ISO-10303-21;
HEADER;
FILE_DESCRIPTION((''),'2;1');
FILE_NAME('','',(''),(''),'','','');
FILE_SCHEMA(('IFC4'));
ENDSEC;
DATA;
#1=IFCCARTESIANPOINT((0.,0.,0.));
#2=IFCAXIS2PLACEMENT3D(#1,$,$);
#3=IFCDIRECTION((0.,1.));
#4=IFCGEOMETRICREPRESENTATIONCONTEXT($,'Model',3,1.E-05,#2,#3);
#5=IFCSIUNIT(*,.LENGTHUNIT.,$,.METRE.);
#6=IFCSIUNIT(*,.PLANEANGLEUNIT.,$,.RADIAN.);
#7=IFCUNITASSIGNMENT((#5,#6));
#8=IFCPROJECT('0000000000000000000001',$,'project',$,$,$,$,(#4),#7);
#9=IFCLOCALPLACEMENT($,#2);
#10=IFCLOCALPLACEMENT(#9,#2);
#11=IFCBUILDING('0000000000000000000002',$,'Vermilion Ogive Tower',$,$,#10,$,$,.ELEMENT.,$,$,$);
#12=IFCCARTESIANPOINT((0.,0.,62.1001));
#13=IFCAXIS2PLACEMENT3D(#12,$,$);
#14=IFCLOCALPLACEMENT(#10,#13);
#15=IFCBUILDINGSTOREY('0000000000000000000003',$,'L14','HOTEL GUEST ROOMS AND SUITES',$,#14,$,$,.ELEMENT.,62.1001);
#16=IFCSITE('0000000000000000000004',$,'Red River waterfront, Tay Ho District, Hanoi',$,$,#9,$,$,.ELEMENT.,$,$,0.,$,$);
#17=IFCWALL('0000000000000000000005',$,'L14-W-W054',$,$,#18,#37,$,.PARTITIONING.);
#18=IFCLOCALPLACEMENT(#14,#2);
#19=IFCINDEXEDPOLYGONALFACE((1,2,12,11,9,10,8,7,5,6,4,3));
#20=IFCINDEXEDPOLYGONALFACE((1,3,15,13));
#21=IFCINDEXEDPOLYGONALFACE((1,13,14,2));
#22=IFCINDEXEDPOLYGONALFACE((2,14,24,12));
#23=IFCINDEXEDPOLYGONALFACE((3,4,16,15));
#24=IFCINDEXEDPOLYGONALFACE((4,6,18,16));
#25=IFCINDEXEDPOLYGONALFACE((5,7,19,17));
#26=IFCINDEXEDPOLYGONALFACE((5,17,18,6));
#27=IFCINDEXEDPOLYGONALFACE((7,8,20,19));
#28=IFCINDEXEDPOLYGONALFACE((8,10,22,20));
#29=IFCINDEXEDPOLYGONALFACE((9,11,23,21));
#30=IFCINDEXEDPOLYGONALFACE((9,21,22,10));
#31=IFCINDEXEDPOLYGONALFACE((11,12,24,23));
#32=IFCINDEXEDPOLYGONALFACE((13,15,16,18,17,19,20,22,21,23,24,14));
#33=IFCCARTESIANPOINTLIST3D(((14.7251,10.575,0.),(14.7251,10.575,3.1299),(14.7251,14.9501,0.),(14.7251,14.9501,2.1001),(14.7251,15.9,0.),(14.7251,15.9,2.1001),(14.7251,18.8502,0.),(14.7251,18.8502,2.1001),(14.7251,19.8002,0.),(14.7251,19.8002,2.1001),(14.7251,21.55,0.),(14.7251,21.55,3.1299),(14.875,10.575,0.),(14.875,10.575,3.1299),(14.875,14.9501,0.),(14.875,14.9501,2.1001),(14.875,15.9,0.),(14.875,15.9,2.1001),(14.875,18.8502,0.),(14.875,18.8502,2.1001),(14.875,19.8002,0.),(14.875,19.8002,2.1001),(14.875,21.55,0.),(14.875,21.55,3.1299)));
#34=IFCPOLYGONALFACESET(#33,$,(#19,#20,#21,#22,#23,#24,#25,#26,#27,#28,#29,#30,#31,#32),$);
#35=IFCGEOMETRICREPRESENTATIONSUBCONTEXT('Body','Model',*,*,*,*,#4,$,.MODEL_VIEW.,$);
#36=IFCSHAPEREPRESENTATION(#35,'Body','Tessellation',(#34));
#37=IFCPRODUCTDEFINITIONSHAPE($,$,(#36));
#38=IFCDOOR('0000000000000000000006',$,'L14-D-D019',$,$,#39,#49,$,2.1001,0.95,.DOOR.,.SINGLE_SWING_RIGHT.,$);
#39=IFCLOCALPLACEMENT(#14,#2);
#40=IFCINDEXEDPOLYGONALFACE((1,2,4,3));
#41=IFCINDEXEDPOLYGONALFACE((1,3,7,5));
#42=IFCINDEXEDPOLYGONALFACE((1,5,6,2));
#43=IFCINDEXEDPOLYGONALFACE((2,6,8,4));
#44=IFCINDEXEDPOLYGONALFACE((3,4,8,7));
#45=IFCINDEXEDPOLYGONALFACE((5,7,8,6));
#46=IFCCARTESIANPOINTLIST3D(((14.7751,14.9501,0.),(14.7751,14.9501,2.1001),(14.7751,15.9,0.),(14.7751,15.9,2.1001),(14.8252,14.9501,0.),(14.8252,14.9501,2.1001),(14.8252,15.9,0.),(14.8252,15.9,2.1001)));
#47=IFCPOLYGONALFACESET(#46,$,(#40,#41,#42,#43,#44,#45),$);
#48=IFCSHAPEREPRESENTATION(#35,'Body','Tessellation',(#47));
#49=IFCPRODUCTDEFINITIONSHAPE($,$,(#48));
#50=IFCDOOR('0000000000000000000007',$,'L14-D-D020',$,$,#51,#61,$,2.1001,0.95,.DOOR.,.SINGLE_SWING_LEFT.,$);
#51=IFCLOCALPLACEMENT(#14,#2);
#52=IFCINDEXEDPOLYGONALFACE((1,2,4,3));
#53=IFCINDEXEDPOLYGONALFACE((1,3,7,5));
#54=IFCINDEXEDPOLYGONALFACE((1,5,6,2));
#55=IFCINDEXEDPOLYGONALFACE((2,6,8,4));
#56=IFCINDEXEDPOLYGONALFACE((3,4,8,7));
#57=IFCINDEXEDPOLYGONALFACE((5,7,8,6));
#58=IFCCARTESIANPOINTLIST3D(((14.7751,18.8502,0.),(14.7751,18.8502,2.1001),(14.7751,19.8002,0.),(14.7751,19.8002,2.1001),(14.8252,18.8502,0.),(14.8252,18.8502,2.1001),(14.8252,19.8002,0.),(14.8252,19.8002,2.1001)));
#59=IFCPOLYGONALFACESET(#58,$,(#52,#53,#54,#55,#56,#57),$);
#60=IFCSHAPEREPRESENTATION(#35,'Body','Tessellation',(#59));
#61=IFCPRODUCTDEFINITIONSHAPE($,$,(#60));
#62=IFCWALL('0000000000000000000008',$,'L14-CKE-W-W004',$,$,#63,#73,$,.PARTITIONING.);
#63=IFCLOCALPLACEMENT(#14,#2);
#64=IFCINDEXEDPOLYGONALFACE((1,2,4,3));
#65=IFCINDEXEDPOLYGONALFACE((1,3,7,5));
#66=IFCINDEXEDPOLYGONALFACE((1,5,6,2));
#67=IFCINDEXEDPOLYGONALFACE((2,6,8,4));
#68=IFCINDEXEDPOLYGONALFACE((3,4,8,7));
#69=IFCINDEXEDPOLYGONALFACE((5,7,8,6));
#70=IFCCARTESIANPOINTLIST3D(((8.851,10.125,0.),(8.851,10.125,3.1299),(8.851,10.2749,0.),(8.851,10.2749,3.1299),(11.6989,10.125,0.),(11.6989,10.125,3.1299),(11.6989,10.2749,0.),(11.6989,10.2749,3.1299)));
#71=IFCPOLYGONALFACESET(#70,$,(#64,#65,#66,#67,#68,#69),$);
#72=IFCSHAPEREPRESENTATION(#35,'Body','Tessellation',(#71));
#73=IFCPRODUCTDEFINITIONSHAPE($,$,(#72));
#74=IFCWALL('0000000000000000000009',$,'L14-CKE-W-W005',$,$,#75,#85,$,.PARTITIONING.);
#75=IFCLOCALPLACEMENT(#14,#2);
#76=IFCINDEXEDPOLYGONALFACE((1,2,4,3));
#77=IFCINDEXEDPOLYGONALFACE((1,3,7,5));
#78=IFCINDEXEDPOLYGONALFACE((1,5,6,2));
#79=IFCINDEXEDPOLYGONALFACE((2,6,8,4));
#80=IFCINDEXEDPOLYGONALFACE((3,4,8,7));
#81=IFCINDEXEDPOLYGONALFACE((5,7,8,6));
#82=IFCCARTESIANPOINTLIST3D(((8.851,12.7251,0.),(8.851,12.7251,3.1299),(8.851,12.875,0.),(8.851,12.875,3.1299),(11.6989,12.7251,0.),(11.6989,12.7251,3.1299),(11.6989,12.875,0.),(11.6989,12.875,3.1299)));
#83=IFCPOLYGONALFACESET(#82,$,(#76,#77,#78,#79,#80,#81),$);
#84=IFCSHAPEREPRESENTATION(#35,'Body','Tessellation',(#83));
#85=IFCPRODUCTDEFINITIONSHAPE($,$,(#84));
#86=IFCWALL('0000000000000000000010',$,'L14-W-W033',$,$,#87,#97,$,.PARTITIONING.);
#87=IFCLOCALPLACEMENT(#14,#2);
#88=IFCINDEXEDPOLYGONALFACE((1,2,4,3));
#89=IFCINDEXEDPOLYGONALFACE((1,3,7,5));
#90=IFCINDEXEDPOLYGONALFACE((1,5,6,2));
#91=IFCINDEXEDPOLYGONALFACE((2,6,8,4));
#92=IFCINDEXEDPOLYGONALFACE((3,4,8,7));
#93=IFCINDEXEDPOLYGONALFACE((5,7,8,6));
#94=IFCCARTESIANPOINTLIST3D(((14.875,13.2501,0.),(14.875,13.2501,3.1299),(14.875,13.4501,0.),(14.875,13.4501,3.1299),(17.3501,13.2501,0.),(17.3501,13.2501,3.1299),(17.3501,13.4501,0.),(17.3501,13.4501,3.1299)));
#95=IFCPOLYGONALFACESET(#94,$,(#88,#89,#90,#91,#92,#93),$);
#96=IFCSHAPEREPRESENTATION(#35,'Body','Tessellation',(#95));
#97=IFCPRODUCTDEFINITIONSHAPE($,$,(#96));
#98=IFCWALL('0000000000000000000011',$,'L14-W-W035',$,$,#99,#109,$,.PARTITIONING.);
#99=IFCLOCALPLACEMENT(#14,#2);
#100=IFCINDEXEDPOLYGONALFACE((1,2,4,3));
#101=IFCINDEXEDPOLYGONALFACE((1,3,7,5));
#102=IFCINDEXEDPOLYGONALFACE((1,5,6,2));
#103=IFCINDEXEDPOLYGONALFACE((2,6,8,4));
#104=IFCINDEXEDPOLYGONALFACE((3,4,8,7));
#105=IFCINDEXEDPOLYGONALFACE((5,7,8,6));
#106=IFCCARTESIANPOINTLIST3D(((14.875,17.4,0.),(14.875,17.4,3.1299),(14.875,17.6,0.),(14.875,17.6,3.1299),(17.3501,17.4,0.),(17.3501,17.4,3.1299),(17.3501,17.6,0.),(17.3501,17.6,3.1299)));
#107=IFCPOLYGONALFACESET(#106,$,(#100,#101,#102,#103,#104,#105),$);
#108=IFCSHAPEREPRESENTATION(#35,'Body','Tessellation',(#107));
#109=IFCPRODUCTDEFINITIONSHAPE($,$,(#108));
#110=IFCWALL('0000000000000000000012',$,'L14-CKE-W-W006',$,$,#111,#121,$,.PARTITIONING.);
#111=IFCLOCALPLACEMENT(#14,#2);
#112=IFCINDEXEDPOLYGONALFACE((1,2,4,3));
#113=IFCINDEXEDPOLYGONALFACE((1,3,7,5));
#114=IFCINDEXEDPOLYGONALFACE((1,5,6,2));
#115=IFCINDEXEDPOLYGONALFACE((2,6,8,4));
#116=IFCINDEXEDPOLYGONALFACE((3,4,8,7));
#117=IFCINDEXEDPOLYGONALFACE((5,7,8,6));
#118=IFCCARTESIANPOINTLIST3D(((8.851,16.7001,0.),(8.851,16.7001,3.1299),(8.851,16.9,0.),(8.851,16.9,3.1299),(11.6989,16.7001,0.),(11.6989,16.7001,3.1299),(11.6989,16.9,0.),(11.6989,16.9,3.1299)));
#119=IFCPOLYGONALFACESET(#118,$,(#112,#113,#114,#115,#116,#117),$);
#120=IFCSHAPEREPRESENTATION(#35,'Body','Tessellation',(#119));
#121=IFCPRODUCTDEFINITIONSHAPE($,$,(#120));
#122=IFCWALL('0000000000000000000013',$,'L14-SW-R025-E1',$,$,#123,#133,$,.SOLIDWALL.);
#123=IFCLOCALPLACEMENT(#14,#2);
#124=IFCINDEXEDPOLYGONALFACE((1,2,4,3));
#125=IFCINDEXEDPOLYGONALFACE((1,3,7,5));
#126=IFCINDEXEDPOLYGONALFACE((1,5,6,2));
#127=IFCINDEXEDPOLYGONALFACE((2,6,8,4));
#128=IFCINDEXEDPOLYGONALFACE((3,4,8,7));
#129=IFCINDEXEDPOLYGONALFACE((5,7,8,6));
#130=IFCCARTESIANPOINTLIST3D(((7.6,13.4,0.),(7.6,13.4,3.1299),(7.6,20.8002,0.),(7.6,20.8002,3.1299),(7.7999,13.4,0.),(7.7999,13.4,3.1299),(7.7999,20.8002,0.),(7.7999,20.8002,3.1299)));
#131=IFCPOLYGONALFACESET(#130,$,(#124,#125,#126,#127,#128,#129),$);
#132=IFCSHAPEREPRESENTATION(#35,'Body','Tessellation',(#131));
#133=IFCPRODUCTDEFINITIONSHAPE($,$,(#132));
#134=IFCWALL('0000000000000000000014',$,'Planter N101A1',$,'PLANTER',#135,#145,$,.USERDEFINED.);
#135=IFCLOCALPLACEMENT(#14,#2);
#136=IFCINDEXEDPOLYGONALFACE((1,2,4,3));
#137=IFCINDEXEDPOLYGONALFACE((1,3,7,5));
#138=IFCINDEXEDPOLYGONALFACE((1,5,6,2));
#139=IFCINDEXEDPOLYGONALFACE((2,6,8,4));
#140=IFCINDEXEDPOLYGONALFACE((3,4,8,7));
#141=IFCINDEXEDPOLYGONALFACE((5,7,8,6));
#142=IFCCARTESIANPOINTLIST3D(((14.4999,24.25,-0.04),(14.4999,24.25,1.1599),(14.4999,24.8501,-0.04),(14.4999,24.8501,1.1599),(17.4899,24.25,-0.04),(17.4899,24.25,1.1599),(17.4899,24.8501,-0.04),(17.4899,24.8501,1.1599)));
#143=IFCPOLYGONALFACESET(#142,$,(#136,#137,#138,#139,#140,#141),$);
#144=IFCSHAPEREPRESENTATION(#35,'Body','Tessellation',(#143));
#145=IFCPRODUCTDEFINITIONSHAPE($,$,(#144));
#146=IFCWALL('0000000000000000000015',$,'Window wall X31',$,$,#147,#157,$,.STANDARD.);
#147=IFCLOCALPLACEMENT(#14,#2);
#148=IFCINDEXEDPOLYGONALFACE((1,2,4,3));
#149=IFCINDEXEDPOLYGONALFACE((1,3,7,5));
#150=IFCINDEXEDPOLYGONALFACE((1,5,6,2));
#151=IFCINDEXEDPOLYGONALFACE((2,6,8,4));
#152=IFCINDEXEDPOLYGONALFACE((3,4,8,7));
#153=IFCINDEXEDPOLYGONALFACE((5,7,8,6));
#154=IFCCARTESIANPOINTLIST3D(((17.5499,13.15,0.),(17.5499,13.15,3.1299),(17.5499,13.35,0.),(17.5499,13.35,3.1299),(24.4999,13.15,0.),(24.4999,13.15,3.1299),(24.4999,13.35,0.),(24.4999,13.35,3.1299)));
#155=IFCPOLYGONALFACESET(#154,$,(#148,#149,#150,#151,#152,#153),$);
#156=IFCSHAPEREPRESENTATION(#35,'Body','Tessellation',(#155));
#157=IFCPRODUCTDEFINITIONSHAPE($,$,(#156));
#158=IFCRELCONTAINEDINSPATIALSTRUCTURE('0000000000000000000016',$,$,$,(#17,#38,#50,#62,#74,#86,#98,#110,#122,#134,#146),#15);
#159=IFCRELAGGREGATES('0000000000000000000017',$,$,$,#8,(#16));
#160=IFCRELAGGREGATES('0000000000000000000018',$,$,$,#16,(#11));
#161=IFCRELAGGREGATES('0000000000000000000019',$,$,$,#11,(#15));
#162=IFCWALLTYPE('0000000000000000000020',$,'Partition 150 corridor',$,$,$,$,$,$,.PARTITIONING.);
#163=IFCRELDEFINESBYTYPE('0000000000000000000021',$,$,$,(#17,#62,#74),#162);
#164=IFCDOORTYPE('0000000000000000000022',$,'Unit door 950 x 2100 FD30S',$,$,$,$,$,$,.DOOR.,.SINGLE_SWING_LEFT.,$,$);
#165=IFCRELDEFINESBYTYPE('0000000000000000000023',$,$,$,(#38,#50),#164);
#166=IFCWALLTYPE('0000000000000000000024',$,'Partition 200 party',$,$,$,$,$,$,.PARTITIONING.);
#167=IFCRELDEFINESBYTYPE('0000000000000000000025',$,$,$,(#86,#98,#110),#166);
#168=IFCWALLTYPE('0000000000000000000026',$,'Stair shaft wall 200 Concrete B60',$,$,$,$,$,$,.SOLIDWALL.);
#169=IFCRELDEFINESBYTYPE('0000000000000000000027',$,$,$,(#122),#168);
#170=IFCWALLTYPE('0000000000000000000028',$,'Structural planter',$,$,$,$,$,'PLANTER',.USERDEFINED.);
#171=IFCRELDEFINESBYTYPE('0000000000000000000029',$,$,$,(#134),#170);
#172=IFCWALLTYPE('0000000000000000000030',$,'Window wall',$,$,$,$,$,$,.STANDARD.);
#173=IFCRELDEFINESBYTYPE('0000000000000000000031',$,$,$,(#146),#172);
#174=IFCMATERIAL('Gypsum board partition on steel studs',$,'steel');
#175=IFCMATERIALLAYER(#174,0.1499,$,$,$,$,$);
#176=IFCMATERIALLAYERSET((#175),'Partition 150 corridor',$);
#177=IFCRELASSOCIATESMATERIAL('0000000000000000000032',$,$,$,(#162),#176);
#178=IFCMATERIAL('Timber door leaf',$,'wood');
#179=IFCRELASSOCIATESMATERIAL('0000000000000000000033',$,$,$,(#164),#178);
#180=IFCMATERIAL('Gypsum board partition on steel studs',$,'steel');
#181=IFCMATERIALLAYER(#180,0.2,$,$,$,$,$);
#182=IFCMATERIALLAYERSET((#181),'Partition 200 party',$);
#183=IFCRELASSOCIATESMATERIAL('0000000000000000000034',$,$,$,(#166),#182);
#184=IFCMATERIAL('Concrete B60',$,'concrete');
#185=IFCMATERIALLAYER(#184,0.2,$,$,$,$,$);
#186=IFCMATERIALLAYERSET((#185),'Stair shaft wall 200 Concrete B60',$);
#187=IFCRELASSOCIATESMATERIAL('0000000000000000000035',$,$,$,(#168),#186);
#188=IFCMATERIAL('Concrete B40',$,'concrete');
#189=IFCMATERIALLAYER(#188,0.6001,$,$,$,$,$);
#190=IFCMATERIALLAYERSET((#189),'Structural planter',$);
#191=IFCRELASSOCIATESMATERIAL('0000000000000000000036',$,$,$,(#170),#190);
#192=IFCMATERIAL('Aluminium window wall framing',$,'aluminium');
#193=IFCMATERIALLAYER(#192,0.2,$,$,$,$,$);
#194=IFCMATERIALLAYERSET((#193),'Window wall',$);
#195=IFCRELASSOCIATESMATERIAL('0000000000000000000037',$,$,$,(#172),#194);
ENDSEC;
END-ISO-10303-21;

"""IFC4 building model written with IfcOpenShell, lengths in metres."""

from ifc_helpers import new_model, si_unit, direction, frame, frame_2d, origin, place, context, subcontext, project, spatial, rectangle, extrude, material, layer, layer_set, type_object, element, fill, save


model = new_model("IFC4")

# Units and contexts
model_context = context("Model", 3, precision=1e-05, world=origin(), true_north=direction((0.0, 1.0)))
body_context = subcontext(model_context, "Body", "Model", "MODEL_VIEW")
ifc_project = project(units=[si_unit("LENGTHUNIT", "METRE"), si_unit("PLANEANGLEUNIT", "RADIAN")], contexts=[model_context])

# Site, building, storey
site_placement = place(None, origin())
site = spatial("IfcSite", under=ifc_project, at=site_placement, Name="Red River waterfront, Tay Ho District, Hanoi", CompositionType="ELEMENT", RefElevation=0.0)
building_placement = place(site_placement, origin())
building = spatial("IfcBuilding", under=site, at=building_placement, Name="Vermilion Ogive Tower", CompositionType="ELEMENT")
storey_placement = place(building_placement, frame((0.0, 0.0, 62.1001)))
storey = spatial("IfcBuildingStorey", under=building, at=storey_placement, Name="L14", Description="HOTEL GUEST ROOMS AND SUITES", CompositionType="ELEMENT", Elevation=62.1001)

# Shared definitions
ifc_material_1 = material(Name="Gypsum board partition on steel studs", Category="steel")
ifc_layer_1 = layer(ifc_material_1, 0.1499)
ifc_layer_set_1 = layer_set([ifc_layer_1], Name="Partition 150 corridor")
wall_type_1 = type_object("IfcWallType", Name="Partition 150 corridor", PredefinedType="PARTITIONING", material=ifc_layer_set_1)

# Wall, openings, doors
wall_1_placement = place(storey_placement, frame((14.8, 10.575, 0.0), z_axis=(0.0, 0.0, 1.0), x_axis=(0.0, 1.0, 0.0)))
wall_1 = element("IfcWall", 1, at=wall_1_placement, inside=storey, type_object=wall_type_1, Name="L14-W-W054", PredefinedType="PARTITIONING", context=body_context, shape_type="SweptSolid", body=[
    extrude(rectangle(XDim=10.9751, YDim=0.1499, at=frame_2d((5.4875, 0.0))), origin(), (0.0, 0.0, 1.0), 3.1299),
])
opening_1_placement = place(wall_1_placement, frame((4.375, 0.0, 0.0)))
opening_1 = element("IfcOpeningElement", 2, at=opening_1_placement, cuts=wall_1, PredefinedType="OPENING", context=body_context, shape_type="SweptSolid", body=[
    extrude(rectangle(XDim=0.95, YDim=2.1001, at=frame_2d((0.4751, 1.05))), frame((0.0, 0.085, 0.0), z_axis=(0.0, -1.0, 0.0), x_axis=(1.0, 0.0, 0.0)), (0.0, 0.0, 1.0), 0.1699),
])
opening_2_placement = place(wall_1_placement, frame((8.2751, 0.0, 0.0)))
opening_2 = element("IfcOpeningElement", 3, at=opening_2_placement, cuts=wall_1, PredefinedType="OPENING", context=body_context, shape_type="SweptSolid", body=[
    extrude(rectangle(XDim=0.95, YDim=2.1001, at=frame_2d((0.4751, 1.05))), frame((0.0, 0.085, 0.0), z_axis=(0.0, -1.0, 0.0), x_axis=(1.0, 0.0, 0.0)), (0.0, 0.0, 1.0), 0.1699),
])
ifc_material_2 = material(Name="Timber door leaf", Category="wood")
door_type_1 = type_object("IfcDoorType", Name="Unit door 950 x 2100 FD30S", OperationType="SINGLE_SWING_LEFT", PredefinedType="DOOR", material=ifc_material_2)
door_1_placement = place(opening_1_placement, origin())
door_1 = element("IfcDoor", 4, at=door_1_placement, inside=storey, type_object=door_type_1, Name="L14-D-D019", OperationType="SINGLE_SWING_RIGHT", OverallHeight=2.1001, OverallWidth=0.95, PredefinedType="DOOR", context=body_context, shape_type="SweptSolid", body=[
    extrude(rectangle(XDim=0.95, YDim=2.1001, at=frame_2d((0.4751, 1.05))), frame((0.0, 0.0249, 0.0), z_axis=(0.0, -1.0, 0.0), x_axis=(1.0, 0.0, 0.0)), (0.0, 0.0, 1.0), 0.05),
])
fill(opening_1, door_1)
door_2_placement = place(opening_2_placement, origin())
door_2 = element("IfcDoor", 5, at=door_2_placement, inside=storey, type_object=door_type_1, Name="L14-D-D020", OperationType="SINGLE_SWING_LEFT", OverallHeight=2.1001, OverallWidth=0.95, PredefinedType="DOOR", context=body_context, shape_type="SweptSolid", body=[
    extrude(rectangle(XDim=0.95, YDim=2.1001, at=frame_2d((0.4751, 1.05))), frame((0.0, 0.0249, 0.0), z_axis=(0.0, -1.0, 0.0), x_axis=(1.0, 0.0, 0.0)), (0.0, 0.0, 1.0), 0.05),
])
fill(opening_2, door_2)

# Walls
for number, where, z_axis, x_axis, name in (
    (6, (8.8511, 10.2, 0.0), (0.0, 0.0, 1.0), (1.0, 0.0, 0.0), "L14-CKE-W-W004"),
    (7, (8.8511, 12.8, 0.0), (0.0, 0.0, 1.0), (1.0, 0.0, 0.0), "L14-CKE-W-W005"),
):
    element("IfcWall", number, at=place(storey_placement, frame(where, z_axis=z_axis, x_axis=x_axis)), inside=storey, type_object=wall_type_1, Name=name, PredefinedType="PARTITIONING", context=body_context, shape_type="SweptSolid", body=[
        extrude(rectangle(XDim=2.8479, YDim=0.1499, at=frame_2d((1.4238, 0.0))), origin(), (0.0, 0.0, 1.0), 3.1299),
    ])
ifc_material_3 = material(Name="Gypsum board partition on steel studs", Category="steel")
ifc_layer_2 = layer(ifc_material_3, 0.2)
ifc_layer_set_2 = layer_set([ifc_layer_2], Name="Partition 200 party")
wall_type_2 = type_object("IfcWallType", Name="Partition 200 party", PredefinedType="PARTITIONING", material=ifc_layer_set_2)
for number, where, z_axis, x_axis, name in (
    (8, (14.875, 13.3501, 0.0), (0.0, 0.0, 1.0), (1.0, 0.0, 0.0), "L14-W-W033"),
    (9, (14.875, 17.5, 0.0), (0.0, 0.0, 1.0), (1.0, 0.0, 0.0), "L14-W-W035"),
):
    element("IfcWall", number, at=place(storey_placement, frame(where, z_axis=z_axis, x_axis=x_axis)), inside=storey, type_object=wall_type_2, Name=name, PredefinedType="PARTITIONING", context=body_context, shape_type="SweptSolid", body=[
        extrude(rectangle(XDim=2.4751, YDim=0.2, at=frame_2d((1.2375, 0.0))), origin(), (0.0, 0.0, 1.0), 3.1299),
    ])
wall_2_placement = place(storey_placement, frame((8.8511, 16.8, 0.0), z_axis=(0.0, 0.0, 1.0), x_axis=(1.0, 0.0, 0.0)))
element("IfcWall", 10, at=wall_2_placement, inside=storey, type_object=wall_type_2, Name="L14-CKE-W-W006", PredefinedType="PARTITIONING", context=body_context, shape_type="SweptSolid", body=[
    extrude(rectangle(XDim=2.8479, YDim=0.2, at=frame_2d((1.4238, 0.0))), origin(), (0.0, 0.0, 1.0), 3.1299),
])
ifc_material_4 = material(Name="Concrete B60", Category="concrete")
ifc_layer_3 = layer(ifc_material_4, 0.2)
ifc_layer_set_3 = layer_set([ifc_layer_3], Name="Stair shaft wall 200 Concrete B60")
wall_type_3 = type_object("IfcWallType", Name="Stair shaft wall 200 Concrete B60", PredefinedType="SOLIDWALL", material=ifc_layer_set_3)
wall_3_placement = place(storey_placement, frame((7.7, 13.3999, 0.0), z_axis=(0.0, 0.0, 1.0), x_axis=(0.0, 1.0, 0.0)))
element("IfcWall", 11, at=wall_3_placement, inside=storey, type_object=wall_type_3, Name="L14-SW-R025-E1", PredefinedType="SOLIDWALL", context=body_context, shape_type="SweptSolid", body=[
    extrude(rectangle(XDim=7.4001, YDim=0.2, at=frame_2d((3.7002, 0.0))), origin(), (0.0, 0.0, 1.0), 3.1299),
])
ifc_material_5 = material(Name="Concrete B40", Category="concrete")
ifc_layer_4 = layer(ifc_material_5, 0.6001)
ifc_layer_set_4 = layer_set([ifc_layer_4], Name="Structural planter")
wall_type_4 = type_object("IfcWallType", Name="Structural planter", ElementType="PLANTER", PredefinedType="USERDEFINED", material=ifc_layer_set_4)
wall_4_placement = place(storey_placement, frame((17.49, 24.55, -0.04), z_axis=(0.0, 0.0, 1.0), x_axis=(-1.0, 0.0, 0.0)))
element("IfcWall", 12, at=wall_4_placement, inside=storey, type_object=wall_type_4, Name="Planter N101A1", ObjectType="PLANTER", PredefinedType="USERDEFINED", context=body_context, shape_type="SweptSolid", body=[
    extrude(rectangle(XDim=2.99, YDim=0.6001, at=frame_2d((1.4951, 0.0))), origin(), (0.0, 0.0, 1.0), 1.2),
])
ifc_material_6 = material(Name="Aluminium window wall framing", Category="aluminium")
ifc_layer_5 = layer(ifc_material_6, 0.2)
ifc_layer_set_5 = layer_set([ifc_layer_5], Name="Window wall")
wall_type_5 = type_object("IfcWallType", Name="Window wall", PredefinedType="STANDARD", material=ifc_layer_set_5)
wall_5_placement = place(storey_placement, frame((24.5, 13.25, 0.0), z_axis=(0.0, 0.0, 1.0), x_axis=(-1.0, 0.0, 0.0)))
element("IfcWall", 13, at=wall_5_placement, inside=storey, type_object=wall_type_5, Name="Window wall X31", PredefinedType="STANDARD", context=body_context, shape_type="SweptSolid", body=[
    extrude(rectangle(XDim=6.95, YDim=0.2, at=frame_2d((3.4751, 0.0))), origin(), (0.0, 0.0, 1.0), 3.1299),
])

save(model, "model.ifc")
